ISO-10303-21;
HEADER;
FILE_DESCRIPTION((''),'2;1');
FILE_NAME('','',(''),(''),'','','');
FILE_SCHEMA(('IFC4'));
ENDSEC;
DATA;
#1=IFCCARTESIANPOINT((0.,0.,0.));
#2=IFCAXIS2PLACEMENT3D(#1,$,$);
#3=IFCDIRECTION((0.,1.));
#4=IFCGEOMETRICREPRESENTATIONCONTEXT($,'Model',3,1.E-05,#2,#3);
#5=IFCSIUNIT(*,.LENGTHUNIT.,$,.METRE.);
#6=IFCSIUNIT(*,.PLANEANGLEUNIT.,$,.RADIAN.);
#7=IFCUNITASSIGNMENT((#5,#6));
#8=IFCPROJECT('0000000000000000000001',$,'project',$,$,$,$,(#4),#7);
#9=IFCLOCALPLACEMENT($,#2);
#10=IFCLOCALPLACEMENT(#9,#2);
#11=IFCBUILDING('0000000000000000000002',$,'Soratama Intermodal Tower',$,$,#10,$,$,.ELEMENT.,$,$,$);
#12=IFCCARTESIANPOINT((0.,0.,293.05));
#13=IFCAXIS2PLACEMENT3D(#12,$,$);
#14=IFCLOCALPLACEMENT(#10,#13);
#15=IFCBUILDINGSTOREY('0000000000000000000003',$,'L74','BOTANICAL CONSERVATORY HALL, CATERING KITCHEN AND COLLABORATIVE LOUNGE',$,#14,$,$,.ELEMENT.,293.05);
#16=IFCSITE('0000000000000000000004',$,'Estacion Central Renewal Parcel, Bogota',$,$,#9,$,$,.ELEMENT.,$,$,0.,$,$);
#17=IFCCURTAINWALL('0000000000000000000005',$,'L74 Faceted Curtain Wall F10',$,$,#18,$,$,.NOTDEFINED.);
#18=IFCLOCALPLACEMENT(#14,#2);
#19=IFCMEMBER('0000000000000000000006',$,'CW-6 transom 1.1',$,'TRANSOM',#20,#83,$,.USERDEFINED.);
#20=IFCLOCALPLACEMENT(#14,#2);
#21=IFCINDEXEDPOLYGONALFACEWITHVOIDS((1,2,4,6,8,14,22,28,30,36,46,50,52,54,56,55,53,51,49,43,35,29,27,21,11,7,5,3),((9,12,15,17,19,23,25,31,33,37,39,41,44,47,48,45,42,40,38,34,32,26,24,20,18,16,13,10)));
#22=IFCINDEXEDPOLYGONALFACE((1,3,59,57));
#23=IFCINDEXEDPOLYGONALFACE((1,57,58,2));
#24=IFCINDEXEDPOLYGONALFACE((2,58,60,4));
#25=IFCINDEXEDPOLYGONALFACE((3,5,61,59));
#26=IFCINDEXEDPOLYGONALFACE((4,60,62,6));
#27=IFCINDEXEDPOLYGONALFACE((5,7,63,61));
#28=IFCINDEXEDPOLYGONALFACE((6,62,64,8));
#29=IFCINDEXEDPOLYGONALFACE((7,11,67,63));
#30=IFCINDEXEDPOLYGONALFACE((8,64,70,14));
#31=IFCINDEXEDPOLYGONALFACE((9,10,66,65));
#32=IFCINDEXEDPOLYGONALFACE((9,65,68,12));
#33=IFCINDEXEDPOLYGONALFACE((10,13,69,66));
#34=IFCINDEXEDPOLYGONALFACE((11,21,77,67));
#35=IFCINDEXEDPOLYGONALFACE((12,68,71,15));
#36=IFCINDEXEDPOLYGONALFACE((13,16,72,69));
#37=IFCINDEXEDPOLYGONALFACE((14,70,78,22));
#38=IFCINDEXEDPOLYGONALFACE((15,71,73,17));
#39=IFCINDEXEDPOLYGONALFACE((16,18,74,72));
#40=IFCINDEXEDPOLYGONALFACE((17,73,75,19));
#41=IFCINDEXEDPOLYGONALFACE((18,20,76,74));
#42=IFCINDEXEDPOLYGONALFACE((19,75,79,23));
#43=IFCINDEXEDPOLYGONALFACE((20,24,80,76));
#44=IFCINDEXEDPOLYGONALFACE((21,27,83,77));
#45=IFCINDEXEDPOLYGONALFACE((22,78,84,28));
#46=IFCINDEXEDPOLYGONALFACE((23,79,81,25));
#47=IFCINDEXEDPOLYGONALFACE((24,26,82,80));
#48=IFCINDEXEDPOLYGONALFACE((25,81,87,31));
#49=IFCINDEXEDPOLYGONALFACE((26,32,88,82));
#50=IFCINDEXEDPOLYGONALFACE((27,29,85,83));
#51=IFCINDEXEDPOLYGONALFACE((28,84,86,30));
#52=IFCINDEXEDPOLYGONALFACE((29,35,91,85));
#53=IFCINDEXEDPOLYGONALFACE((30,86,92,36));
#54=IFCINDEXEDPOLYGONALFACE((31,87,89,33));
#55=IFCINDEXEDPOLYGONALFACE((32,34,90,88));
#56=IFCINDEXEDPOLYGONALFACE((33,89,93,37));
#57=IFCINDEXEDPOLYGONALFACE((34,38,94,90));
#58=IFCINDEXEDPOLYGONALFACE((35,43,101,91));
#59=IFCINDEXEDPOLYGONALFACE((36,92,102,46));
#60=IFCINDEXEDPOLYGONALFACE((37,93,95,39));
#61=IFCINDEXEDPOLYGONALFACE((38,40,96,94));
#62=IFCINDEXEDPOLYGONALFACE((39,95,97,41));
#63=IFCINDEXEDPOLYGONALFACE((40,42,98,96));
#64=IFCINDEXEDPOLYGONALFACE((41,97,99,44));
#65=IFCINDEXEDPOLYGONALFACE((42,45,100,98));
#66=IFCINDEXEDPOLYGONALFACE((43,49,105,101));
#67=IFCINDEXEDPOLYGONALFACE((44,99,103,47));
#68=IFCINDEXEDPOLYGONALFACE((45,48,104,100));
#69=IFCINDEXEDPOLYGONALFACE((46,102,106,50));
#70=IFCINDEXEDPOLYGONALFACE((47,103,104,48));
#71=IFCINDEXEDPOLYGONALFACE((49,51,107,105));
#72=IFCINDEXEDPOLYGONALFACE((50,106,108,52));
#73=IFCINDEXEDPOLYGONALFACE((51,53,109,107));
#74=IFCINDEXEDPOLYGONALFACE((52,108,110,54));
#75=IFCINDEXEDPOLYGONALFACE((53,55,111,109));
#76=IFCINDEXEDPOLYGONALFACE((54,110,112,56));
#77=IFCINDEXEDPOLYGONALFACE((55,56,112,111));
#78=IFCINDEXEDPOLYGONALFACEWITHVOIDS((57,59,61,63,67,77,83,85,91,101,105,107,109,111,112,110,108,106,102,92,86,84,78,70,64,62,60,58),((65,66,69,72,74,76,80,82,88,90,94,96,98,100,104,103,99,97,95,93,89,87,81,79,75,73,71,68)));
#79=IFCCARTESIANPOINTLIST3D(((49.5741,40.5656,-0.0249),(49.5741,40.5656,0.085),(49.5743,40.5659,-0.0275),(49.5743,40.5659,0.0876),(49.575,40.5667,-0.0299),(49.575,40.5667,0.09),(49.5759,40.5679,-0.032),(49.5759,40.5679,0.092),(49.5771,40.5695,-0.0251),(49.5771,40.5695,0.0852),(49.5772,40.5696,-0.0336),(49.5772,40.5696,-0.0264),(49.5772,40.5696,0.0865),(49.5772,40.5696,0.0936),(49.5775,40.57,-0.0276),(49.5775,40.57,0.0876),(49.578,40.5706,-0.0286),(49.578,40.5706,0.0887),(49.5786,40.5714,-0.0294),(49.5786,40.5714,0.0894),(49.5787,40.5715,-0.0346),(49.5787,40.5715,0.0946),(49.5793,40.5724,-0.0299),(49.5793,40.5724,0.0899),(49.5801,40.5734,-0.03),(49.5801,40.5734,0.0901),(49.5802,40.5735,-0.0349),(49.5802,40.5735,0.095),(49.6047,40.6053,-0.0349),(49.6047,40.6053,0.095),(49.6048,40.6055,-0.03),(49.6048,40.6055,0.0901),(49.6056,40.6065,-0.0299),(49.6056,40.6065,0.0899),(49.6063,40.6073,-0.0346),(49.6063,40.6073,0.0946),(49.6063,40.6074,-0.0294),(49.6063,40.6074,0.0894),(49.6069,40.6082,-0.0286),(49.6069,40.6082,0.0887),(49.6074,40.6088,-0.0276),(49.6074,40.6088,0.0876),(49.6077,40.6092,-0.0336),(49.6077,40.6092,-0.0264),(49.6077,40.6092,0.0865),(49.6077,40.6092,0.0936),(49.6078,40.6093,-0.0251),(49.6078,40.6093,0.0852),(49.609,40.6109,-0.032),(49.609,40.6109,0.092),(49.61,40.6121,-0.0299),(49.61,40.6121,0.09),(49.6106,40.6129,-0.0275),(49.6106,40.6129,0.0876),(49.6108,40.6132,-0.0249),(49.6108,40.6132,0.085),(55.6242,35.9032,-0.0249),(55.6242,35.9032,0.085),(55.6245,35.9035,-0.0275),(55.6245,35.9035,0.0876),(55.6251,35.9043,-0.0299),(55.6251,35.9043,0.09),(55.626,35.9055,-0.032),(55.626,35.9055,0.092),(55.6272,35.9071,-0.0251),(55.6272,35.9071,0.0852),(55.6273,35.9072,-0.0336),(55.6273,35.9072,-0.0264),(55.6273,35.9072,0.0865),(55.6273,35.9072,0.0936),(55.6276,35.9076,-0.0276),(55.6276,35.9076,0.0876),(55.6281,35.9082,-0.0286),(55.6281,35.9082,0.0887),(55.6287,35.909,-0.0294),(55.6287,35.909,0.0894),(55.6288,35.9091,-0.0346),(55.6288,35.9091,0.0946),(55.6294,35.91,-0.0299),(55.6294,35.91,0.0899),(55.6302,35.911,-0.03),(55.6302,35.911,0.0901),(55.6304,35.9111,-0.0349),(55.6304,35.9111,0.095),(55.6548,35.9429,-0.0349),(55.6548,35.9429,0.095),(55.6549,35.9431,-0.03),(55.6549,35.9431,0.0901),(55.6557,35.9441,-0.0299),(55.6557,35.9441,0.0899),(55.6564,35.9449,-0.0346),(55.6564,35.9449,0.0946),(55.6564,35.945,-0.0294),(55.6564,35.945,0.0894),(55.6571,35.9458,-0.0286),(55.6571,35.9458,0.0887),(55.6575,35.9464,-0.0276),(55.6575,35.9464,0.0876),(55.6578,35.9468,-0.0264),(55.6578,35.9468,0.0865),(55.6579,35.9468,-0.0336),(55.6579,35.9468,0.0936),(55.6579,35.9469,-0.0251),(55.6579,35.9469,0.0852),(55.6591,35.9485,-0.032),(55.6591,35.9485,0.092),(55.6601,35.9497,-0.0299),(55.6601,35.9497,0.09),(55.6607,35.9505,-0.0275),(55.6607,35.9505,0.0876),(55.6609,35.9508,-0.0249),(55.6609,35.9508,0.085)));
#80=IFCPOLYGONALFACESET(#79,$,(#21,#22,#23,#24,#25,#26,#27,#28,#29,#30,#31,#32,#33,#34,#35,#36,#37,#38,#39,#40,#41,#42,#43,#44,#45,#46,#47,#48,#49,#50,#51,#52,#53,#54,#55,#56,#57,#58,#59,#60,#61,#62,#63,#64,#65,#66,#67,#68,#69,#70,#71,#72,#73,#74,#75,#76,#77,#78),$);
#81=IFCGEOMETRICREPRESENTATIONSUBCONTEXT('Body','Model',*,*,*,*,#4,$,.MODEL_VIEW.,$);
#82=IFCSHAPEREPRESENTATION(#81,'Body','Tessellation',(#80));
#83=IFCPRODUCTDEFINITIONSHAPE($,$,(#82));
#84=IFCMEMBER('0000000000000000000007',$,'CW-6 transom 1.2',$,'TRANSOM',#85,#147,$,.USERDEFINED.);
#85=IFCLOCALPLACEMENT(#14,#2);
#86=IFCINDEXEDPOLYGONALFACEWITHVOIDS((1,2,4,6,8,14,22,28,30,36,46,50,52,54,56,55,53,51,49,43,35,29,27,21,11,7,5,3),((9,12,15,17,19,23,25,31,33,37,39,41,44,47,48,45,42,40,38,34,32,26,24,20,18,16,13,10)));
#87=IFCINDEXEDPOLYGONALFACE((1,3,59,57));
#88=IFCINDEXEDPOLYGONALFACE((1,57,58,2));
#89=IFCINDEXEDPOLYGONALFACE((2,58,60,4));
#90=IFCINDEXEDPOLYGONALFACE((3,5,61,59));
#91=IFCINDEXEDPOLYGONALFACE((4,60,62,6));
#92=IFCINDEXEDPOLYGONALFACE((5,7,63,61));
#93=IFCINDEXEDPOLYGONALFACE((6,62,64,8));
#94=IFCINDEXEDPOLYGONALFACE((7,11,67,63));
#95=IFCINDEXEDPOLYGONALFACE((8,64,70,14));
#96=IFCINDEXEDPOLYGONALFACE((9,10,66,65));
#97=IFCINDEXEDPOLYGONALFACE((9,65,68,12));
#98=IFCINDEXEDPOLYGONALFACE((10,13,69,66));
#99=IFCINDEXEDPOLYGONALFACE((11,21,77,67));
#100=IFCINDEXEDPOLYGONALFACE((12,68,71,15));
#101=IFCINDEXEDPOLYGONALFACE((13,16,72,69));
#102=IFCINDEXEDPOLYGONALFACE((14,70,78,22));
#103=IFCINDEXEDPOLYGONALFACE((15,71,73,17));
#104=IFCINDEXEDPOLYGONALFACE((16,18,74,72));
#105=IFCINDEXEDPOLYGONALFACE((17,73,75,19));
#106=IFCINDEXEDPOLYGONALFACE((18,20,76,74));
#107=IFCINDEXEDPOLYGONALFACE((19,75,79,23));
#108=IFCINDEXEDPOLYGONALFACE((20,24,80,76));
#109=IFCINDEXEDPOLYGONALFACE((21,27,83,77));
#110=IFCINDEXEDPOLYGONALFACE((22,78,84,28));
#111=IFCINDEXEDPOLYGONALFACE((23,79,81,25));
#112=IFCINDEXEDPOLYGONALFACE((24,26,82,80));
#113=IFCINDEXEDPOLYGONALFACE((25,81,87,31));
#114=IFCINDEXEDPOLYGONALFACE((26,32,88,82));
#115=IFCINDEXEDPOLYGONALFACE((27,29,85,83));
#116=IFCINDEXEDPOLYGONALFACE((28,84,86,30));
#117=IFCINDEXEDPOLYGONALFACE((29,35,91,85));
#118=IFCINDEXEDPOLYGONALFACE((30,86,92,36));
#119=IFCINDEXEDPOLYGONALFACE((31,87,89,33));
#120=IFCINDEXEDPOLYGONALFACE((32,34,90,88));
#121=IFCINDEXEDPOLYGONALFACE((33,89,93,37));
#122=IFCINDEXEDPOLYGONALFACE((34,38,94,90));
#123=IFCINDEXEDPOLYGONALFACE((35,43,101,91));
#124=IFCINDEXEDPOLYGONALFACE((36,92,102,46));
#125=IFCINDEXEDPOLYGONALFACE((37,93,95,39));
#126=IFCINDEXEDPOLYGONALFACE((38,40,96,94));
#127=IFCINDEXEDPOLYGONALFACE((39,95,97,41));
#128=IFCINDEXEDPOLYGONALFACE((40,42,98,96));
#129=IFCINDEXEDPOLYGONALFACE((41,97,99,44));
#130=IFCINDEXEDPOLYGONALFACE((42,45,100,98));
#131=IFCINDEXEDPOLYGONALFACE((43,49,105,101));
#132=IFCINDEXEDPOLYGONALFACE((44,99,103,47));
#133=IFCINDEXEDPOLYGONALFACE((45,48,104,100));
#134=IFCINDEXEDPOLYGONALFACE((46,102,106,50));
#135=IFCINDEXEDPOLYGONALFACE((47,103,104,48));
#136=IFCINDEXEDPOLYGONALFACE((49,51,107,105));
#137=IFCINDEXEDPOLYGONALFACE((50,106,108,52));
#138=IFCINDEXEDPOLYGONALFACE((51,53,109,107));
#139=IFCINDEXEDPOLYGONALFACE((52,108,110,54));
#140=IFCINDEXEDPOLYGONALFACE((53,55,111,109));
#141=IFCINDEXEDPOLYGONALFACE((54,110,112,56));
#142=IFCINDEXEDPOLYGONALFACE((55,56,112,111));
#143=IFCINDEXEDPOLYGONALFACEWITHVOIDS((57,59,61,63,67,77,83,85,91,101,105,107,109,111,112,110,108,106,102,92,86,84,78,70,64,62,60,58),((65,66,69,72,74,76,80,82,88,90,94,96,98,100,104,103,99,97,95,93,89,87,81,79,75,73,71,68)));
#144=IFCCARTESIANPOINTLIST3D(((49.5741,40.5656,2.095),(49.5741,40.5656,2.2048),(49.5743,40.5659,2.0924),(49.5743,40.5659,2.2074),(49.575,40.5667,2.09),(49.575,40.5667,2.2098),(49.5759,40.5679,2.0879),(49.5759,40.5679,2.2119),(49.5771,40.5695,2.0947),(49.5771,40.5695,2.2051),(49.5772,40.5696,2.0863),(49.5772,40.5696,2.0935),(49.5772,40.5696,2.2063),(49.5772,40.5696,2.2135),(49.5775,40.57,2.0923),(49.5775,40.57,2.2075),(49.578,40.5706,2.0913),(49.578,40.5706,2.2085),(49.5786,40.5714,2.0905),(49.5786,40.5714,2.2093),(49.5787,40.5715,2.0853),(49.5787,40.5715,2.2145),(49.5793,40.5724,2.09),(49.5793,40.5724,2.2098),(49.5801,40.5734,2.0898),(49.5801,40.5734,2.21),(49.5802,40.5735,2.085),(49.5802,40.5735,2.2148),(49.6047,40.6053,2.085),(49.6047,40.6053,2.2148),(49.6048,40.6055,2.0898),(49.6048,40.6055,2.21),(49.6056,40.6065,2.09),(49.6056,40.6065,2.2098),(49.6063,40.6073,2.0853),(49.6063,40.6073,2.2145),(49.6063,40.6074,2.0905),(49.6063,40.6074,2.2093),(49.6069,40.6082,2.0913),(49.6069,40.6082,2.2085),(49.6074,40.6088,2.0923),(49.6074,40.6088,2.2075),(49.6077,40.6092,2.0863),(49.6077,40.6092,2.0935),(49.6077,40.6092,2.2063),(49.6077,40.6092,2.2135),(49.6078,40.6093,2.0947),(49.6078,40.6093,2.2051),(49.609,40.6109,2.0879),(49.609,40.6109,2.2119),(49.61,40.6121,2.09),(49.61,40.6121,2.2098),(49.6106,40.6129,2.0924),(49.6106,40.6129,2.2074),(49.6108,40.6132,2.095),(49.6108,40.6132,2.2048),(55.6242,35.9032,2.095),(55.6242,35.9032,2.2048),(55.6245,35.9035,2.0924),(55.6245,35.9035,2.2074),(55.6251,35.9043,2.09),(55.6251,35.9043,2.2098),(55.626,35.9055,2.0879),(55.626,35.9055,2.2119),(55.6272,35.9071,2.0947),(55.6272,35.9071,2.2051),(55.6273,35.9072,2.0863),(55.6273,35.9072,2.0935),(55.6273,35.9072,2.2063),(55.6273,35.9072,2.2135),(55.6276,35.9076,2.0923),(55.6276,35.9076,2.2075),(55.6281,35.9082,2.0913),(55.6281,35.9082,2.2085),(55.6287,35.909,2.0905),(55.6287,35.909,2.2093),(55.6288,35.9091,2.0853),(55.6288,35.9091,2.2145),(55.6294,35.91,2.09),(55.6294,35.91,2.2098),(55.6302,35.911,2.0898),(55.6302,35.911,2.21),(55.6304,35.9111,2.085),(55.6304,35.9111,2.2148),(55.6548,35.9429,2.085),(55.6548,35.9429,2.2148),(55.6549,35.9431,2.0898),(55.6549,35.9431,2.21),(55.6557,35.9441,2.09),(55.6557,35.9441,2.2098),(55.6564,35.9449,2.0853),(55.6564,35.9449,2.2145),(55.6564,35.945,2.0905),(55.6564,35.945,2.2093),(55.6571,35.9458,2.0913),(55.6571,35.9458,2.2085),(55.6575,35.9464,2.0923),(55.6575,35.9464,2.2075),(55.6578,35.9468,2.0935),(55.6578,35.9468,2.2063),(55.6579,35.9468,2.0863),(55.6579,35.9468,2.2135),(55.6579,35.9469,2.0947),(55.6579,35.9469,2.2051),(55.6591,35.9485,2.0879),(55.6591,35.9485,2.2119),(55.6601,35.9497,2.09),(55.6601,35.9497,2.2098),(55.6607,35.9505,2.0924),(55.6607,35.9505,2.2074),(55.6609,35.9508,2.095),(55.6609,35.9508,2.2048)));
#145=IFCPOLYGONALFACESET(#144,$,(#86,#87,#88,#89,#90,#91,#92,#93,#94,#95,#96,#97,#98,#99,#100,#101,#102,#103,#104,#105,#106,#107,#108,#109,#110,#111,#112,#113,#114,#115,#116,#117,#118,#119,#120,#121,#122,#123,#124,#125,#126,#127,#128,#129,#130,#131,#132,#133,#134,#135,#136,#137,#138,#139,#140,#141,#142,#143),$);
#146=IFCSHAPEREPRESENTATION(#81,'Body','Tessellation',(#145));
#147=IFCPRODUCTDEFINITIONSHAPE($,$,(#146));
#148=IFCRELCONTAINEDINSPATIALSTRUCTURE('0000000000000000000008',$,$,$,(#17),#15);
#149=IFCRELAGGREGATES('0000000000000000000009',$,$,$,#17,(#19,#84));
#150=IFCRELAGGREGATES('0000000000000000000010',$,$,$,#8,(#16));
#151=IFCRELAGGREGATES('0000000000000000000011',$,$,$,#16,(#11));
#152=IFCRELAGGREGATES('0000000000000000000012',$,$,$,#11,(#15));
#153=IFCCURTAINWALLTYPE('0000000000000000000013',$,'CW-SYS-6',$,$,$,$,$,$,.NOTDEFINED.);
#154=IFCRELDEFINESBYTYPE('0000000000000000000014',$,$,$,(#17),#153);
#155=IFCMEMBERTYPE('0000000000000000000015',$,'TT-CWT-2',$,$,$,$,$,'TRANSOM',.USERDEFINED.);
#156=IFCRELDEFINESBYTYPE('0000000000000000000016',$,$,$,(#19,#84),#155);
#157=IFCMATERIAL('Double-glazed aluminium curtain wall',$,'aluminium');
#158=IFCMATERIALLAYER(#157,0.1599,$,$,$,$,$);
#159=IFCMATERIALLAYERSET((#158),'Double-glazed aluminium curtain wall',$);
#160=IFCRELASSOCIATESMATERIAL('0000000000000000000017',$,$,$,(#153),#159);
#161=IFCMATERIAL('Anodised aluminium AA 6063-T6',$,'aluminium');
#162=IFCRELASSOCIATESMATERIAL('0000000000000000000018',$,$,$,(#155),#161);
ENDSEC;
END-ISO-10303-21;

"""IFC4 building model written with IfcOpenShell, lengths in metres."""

from ifc_helpers import new_model, si_unit, direction, frame, origin, origin_2d, place, context, subcontext, project, spatial, hollow_rectangle, extrude, material, layer, layer_set, material_profile, profile_set, type_object, element, aggregate, save


model = new_model("IFC4")

# Units and contexts
model_context = context("Model", 3, precision=1e-05, world=origin(), true_north=direction((0.0, 1.0)))
body_context = subcontext(model_context, "Body", "Model", "MODEL_VIEW")
ifc_project = project(units=[si_unit("LENGTHUNIT", "METRE"), si_unit("PLANEANGLEUNIT", "RADIAN")], contexts=[model_context])

# Site, building, storey
site_placement = place(None, origin())
site = spatial("IfcSite", under=ifc_project, at=site_placement, Name="Estacion Central Renewal Parcel, Bogota", CompositionType="ELEMENT", RefElevation=0.0)
building_placement = place(site_placement, origin())
building = spatial("IfcBuilding", under=site, at=building_placement, Name="Soratama Intermodal Tower", CompositionType="ELEMENT")
storey_placement = place(building_placement, frame((0.0, 0.0, 293.05)))
storey = spatial("IfcBuildingStorey", under=building, at=storey_placement, Name="L74", Description="BOTANICAL CONSERVATORY HALL, CATERING KITCHEN AND COLLABORATIVE LOUNGE", CompositionType="ELEMENT", Elevation=293.05)

# Shared definitions
ifc_material_1 = material(Name="Double-glazed aluminium curtain wall", Category="aluminium")
ifc_layer_1 = layer(ifc_material_1, 0.1599)
ifc_layer_set_1 = layer_set([ifc_layer_1], Name="Double-glazed aluminium curtain wall")
curtain_wall_type = type_object("IfcCurtainWallType", Name="CW-SYS-6", PredefinedType="NOTDEFINED", material=ifc_layer_set_1)

# Curtain wall
curtain_wall_1_placement = place(storey_placement, origin())
curtain_wall_1 = element("IfcCurtainWall", 1, at=curtain_wall_1_placement, inside=storey, type_object=curtain_wall_type, Name="L74 Faceted Curtain Wall F10", PredefinedType="NOTDEFINED")

# Members
ifc_material_2 = material(Name="Anodised aluminium AA 6063-T6", Category="aluminium")
ifc_material_profile_1 = material_profile(ifc_material_2, hollow_rectangle(XDim=0.0601, YDim=0.1299, WallThickness=0.0049, InnerFilletRadius=0.0049, OuterFilletRadius=0.01, at=origin_2d()), Name="CWT130X60X5")
ifc_profile_set_1 = profile_set([ifc_material_profile_1], Name="Anodised aluminium AA 6063-T6")
member_type_1 = type_object("IfcMemberType", Name="TT-CWT-2", ElementType="TRANSOM", PredefinedType="USERDEFINED", material=ifc_profile_set_1)
member_1_placement = place(storey_placement, frame((55.6426, 35.927, 0.03), z_axis=(-0.792088, 0.610407, 0.0), x_axis=(-0.610407, -0.792088, 0.0)))
member_1 = element("IfcMember", 2, at=member_1_placement, type_object=member_type_1, Name="CW-6 transom 1.1", ObjectType="TRANSOM", PredefinedType="USERDEFINED", context=body_context, shape_type="SweptSolid", body=[
    extrude(hollow_rectangle(XDim=0.0601, YDim=0.1299, WallThickness=0.0049, InnerFilletRadius=0.0049, OuterFilletRadius=0.01, at=origin_2d()), origin(), (0.0, 0.0, 1.0), 7.6382),
])
member_2_placement = place(storey_placement, frame((55.6426, 35.927, 2.1499), z_axis=(-0.792088, 0.610407, 0.0), x_axis=(-0.610407, -0.792088, 0.0)))
member_2 = element("IfcMember", 3, at=member_2_placement, type_object=member_type_1, Name="CW-6 transom 1.2", ObjectType="TRANSOM", PredefinedType="USERDEFINED", context=body_context, shape_type="SweptSolid", body=[
    extrude(hollow_rectangle(XDim=0.0601, YDim=0.1299, WallThickness=0.0049, InnerFilletRadius=0.0049, OuterFilletRadius=0.01, at=origin_2d()), origin(), (0.0, 0.0, 1.0), 7.6382),
])

aggregate(curtain_wall_1, [member_1, member_2])

save(model, "model.ifc")
